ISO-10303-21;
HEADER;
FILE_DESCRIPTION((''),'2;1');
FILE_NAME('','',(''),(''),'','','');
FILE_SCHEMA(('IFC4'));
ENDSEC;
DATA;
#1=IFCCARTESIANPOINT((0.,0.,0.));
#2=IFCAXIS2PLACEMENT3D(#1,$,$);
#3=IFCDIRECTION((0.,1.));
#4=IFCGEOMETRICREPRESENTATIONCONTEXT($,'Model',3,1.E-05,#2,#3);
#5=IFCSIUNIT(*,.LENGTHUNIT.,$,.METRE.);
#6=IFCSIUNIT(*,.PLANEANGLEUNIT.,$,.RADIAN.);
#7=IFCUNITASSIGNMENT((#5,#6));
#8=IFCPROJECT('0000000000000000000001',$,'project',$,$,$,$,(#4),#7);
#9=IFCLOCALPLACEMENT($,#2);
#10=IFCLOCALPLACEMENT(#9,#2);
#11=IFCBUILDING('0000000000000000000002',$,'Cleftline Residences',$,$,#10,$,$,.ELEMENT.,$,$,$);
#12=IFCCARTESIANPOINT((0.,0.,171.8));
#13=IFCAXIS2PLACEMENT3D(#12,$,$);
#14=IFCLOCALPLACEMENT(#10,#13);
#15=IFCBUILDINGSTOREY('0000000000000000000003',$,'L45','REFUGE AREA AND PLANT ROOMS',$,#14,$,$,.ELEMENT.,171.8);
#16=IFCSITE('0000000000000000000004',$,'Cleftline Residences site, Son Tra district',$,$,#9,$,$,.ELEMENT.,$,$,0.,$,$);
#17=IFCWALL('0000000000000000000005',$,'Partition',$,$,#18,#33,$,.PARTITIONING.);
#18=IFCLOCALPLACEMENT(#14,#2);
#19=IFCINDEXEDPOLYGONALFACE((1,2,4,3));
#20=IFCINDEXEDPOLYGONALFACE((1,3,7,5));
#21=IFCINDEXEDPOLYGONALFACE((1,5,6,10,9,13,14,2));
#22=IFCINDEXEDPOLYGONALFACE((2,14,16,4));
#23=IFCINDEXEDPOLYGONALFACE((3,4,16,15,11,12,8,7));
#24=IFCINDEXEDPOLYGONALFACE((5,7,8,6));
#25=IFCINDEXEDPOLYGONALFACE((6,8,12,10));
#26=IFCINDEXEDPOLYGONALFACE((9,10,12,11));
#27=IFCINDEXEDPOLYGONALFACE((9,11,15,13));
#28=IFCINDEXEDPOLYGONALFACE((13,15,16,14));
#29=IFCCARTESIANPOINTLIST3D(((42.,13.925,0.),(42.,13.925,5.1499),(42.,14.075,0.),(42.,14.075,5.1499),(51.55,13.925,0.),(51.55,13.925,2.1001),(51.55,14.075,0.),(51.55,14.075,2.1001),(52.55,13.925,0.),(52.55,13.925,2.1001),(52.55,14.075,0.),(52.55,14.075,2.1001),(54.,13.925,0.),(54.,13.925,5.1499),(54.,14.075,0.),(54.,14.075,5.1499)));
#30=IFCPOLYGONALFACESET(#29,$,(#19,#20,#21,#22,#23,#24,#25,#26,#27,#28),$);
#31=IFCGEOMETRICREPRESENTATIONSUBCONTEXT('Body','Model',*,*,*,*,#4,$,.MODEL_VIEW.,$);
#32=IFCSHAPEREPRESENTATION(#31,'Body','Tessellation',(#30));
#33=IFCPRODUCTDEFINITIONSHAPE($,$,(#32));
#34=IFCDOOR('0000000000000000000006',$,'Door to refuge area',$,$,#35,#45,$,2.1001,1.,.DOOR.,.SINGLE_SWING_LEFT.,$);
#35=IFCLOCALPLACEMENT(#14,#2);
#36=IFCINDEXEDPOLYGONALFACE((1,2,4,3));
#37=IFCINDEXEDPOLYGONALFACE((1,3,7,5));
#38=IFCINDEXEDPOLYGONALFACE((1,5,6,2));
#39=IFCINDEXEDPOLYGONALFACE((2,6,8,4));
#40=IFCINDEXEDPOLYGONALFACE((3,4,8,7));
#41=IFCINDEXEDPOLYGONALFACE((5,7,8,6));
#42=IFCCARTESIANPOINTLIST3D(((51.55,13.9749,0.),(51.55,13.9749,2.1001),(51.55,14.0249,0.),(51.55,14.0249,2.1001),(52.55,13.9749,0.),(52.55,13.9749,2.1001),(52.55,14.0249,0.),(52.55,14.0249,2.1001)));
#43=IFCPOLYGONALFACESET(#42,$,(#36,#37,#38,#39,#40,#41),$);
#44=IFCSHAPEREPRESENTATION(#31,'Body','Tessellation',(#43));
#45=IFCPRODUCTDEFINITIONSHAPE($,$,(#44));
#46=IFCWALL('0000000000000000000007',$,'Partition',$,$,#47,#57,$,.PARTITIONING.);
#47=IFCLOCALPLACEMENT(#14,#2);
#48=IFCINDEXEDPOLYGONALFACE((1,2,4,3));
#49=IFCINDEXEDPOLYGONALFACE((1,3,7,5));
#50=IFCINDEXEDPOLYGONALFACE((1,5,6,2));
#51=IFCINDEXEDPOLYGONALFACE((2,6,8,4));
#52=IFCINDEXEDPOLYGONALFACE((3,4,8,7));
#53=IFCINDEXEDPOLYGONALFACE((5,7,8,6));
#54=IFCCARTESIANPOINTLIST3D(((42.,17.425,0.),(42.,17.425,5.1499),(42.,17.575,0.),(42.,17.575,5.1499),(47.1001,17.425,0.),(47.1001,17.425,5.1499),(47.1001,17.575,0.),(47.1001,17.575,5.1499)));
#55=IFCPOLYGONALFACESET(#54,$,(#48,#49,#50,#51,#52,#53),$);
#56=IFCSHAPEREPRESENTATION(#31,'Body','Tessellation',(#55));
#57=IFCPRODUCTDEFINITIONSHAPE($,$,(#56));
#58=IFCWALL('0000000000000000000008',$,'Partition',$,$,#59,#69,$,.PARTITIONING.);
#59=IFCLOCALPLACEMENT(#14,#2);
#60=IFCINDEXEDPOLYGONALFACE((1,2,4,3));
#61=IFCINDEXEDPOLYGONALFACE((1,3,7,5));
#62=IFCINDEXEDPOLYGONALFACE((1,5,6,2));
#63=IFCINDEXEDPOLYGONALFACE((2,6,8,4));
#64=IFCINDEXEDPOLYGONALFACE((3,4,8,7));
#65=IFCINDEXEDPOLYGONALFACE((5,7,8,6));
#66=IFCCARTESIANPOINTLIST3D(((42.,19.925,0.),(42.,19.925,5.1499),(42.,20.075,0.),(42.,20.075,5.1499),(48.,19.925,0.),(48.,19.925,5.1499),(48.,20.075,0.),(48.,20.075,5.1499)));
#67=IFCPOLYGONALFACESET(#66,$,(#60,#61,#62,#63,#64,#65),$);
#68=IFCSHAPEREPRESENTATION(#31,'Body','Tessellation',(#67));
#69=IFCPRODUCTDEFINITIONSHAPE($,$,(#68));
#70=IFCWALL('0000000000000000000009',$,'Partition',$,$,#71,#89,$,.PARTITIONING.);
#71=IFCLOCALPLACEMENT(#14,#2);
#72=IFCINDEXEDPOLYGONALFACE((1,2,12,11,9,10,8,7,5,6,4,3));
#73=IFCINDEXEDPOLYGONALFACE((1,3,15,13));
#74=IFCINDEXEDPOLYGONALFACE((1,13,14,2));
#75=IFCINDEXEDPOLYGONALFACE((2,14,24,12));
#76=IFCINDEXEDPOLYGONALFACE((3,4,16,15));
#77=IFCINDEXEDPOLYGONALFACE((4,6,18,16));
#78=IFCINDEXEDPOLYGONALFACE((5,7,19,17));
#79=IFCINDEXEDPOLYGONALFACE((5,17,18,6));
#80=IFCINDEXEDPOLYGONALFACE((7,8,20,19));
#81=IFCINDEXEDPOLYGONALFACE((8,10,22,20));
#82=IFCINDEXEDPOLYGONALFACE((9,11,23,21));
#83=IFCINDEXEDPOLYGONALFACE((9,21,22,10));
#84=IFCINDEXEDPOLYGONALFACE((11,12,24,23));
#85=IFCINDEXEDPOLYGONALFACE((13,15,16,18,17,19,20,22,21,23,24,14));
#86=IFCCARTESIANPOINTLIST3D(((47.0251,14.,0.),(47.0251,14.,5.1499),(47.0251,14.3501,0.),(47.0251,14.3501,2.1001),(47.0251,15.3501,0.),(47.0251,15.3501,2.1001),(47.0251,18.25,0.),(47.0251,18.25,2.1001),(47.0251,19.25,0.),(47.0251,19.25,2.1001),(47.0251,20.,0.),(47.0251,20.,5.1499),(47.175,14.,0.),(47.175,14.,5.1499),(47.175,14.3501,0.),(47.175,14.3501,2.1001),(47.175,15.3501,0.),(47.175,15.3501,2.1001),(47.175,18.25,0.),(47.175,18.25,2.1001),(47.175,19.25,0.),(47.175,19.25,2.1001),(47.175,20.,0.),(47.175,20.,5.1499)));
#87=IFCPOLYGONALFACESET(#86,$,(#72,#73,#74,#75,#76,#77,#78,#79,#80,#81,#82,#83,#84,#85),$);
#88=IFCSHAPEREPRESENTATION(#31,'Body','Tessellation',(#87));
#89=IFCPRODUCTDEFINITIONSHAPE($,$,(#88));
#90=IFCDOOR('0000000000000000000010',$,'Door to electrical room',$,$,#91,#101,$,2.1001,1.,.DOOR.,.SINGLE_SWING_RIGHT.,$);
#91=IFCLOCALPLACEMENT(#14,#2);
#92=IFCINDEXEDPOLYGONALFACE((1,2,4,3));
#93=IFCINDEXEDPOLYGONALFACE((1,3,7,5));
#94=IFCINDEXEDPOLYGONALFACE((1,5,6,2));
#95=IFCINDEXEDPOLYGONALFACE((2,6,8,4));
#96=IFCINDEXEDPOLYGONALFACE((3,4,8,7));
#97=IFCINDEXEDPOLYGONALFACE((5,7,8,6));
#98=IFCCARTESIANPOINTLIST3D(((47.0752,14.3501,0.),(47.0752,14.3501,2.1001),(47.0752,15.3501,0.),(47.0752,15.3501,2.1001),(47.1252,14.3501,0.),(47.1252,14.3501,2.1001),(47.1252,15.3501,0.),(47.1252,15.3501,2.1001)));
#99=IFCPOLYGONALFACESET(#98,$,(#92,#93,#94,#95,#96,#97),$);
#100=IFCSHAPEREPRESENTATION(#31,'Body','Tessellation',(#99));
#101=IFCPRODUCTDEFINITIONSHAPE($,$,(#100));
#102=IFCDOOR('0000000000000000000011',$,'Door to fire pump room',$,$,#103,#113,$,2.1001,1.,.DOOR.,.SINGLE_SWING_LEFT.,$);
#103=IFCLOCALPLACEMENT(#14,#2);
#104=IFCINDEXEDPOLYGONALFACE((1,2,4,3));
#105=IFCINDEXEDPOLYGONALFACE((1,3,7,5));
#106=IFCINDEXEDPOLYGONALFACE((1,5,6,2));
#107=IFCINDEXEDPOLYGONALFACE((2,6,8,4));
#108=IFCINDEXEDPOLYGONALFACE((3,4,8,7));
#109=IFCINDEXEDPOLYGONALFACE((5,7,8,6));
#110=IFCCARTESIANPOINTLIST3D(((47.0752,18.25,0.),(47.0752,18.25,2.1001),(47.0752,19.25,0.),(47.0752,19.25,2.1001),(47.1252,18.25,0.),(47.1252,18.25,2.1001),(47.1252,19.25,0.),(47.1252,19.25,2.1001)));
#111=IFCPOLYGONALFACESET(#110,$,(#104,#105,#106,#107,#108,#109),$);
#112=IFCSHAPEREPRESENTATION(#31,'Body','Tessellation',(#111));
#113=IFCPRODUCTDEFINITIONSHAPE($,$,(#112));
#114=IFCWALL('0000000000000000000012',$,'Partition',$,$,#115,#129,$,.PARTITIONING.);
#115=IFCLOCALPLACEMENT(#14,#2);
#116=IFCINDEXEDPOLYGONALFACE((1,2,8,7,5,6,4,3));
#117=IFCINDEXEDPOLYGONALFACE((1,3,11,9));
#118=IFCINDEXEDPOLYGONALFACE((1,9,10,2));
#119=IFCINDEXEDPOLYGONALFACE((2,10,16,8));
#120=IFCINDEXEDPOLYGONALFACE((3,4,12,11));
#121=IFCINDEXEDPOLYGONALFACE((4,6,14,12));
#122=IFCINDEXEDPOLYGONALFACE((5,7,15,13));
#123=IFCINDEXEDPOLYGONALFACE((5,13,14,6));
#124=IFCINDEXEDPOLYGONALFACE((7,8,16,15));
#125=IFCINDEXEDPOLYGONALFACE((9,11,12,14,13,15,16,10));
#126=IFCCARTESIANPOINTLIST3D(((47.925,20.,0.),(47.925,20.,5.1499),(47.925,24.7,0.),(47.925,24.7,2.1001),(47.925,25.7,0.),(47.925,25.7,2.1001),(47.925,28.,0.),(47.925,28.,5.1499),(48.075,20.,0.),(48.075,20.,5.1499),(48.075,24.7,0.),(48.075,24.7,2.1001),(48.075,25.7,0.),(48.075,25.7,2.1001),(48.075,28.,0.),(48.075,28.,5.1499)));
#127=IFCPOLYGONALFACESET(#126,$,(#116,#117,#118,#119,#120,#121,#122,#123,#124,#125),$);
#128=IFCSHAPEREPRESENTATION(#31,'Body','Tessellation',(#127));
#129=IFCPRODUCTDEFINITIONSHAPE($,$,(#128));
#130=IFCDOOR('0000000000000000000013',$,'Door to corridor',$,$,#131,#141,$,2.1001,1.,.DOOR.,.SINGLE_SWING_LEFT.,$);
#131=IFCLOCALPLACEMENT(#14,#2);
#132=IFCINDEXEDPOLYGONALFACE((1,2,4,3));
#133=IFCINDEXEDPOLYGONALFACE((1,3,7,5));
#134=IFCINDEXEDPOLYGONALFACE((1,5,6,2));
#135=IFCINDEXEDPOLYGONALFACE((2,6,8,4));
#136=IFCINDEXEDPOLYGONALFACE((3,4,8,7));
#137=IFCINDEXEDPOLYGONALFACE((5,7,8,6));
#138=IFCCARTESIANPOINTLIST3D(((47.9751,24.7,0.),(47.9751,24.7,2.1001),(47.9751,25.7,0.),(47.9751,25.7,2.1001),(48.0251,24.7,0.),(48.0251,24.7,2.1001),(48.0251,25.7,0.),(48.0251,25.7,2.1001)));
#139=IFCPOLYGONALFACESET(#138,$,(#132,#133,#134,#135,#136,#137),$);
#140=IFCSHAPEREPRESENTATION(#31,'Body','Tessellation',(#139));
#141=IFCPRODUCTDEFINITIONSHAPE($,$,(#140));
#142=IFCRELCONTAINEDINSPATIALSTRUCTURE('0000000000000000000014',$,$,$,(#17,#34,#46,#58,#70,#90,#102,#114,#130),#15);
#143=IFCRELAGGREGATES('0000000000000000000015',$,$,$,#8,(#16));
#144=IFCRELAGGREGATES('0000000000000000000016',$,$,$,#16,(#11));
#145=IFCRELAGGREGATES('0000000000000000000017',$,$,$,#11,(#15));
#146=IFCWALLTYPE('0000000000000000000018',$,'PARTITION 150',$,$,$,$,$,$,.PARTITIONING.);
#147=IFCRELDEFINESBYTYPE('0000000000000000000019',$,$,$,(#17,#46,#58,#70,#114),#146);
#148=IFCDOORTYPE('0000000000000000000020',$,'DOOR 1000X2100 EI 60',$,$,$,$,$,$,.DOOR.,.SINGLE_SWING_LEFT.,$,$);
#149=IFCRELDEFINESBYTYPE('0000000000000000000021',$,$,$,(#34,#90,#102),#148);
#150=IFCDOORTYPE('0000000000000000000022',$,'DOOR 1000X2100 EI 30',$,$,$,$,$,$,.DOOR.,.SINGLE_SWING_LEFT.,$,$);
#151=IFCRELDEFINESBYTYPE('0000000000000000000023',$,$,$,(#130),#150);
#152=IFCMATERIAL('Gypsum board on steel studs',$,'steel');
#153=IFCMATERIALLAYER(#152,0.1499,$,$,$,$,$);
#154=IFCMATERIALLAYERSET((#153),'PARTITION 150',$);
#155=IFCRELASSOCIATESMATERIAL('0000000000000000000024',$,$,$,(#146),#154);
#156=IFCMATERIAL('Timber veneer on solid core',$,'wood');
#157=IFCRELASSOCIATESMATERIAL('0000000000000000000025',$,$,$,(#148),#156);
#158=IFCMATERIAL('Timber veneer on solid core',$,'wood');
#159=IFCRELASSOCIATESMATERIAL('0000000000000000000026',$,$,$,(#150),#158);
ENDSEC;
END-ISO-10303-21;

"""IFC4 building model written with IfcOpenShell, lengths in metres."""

from ifc_helpers import new_model, si_unit, direction, frame, frame_2d, origin, place, context, subcontext, project, spatial, rectangle, extrude, material, layer, layer_set, type_object, element, fill, save


model = new_model("IFC4")

# Units and contexts
model_context = context("Model", 3, precision=1e-05, world=origin(), true_north=direction((0.0, 1.0)))
body_context = subcontext(model_context, "Body", "Model", "MODEL_VIEW")
ifc_project = project(units=[si_unit("LENGTHUNIT", "METRE"), si_unit("PLANEANGLEUNIT", "RADIAN")], contexts=[model_context])

# Site, building, storey
site_placement = place(None, origin())
site = spatial("IfcSite", under=ifc_project, at=site_placement, Name="Cleftline Residences site, Son Tra district", CompositionType="ELEMENT", RefElevation=0.0)
building_placement = place(site_placement, origin())
building = spatial("IfcBuilding", under=site, at=building_placement, Name="Cleftline Residences", CompositionType="ELEMENT")
storey_placement = place(building_placement, frame((0.0, 0.0, 171.8)))
storey = spatial("IfcBuildingStorey", under=building, at=storey_placement, Name="L45", Description="REFUGE AREA AND PLANT ROOMS", CompositionType="ELEMENT", Elevation=171.8)

# Wall, opening, door
ifc_material_1 = material(Name="Gypsum board on steel studs", Category="steel")
ifc_layer_1 = layer(ifc_material_1, 0.1499)
ifc_layer_set_1 = layer_set([ifc_layer_1], Name="PARTITION 150")
wall_type_1 = type_object("IfcWallType", Name="PARTITION 150", PredefinedType="PARTITIONING", material=ifc_layer_set_1)
wall_1_placement = place(storey_placement, frame((42.0, 14.0, 0.0), z_axis=(0.0, 0.0, 1.0), x_axis=(1.0, 0.0, 0.0)))
wall_1 = element("IfcWall", 1, at=wall_1_placement, inside=storey, type_object=wall_type_1, Name="Partition", PredefinedType="PARTITIONING", context=body_context, shape_type="SweptSolid", body=[
    extrude(rectangle(XDim=12.0, YDim=0.1499, at=frame_2d((6.0, 0.0))), origin(), (0.0, 0.0, 1.0), 5.1499),
])
opening_1_placement = place(wall_1_placement, frame((9.55, 0.0, 0.0)))
opening_1 = element("IfcOpeningElement", 2, at=opening_1_placement, cuts=wall_1, PredefinedType="OPENING", context=body_context, shape_type="SweptSolid", body=[
    extrude(rectangle(XDim=1.0, YDim=2.1001, at=frame_2d((0.5, 1.05))), frame((0.0, 0.085, 0.0), z_axis=(0.0, -1.0, 0.0), x_axis=(1.0, 0.0, 0.0)), (0.0, 0.0, 1.0), 0.1699),
])
ifc_material_2 = material(Name="Timber veneer on solid core", Category="wood")
door_type_1 = type_object("IfcDoorType", Name="DOOR 1000X2100 EI 60", OperationType="SINGLE_SWING_LEFT", PredefinedType="DOOR", material=ifc_material_2)
door_1_placement = place(opening_1_placement, origin())
door_1 = element("IfcDoor", 3, at=door_1_placement, inside=storey, type_object=door_type_1, Name="Door to refuge area", OperationType="SINGLE_SWING_LEFT", OverallHeight=2.1001, OverallWidth=1.0, PredefinedType="DOOR", context=body_context, shape_type="SweptSolid", body=[
    extrude(rectangle(XDim=1.0, YDim=2.1001, at=frame_2d((0.5, 1.05))), frame((0.0, 0.0249, 0.0), z_axis=(0.0, -1.0, 0.0), x_axis=(1.0, 0.0, 0.0)), (0.0, 0.0, 1.0), 0.05),
])
fill(opening_1, door_1)

# Walls
wall_2_placement = place(storey_placement, frame((42.0, 17.5, 0.0), z_axis=(0.0, 0.0, 1.0), x_axis=(1.0, 0.0, 0.0)))
element("IfcWall", 4, at=wall_2_placement, inside=storey, type_object=wall_type_1, Name="Partition", PredefinedType="PARTITIONING", context=body_context, shape_type="SweptSolid", body=[
    extrude(rectangle(XDim=5.1001, YDim=0.1499, at=frame_2d((2.55, 0.0))), origin(), (0.0, 0.0, 1.0), 5.1499),
])
wall_3_placement = place(storey_placement, frame((42.0, 20.0, 0.0), z_axis=(0.0, 0.0, 1.0), x_axis=(1.0, 0.0, 0.0)))
element("IfcWall", 5, at=wall_3_placement, inside=storey, type_object=wall_type_1, Name="Partition", PredefinedType="PARTITIONING", context=body_context, shape_type="SweptSolid", body=[
    extrude(rectangle(XDim=6.0, YDim=0.1499, at=frame_2d((3.0, 0.0))), origin(), (0.0, 0.0, 1.0), 5.1499),
])

# Wall, openings, doors
wall_4_placement = place(storey_placement, frame((47.1001, 14.0, 0.0), z_axis=(0.0, 0.0, 1.0), x_axis=(0.0, 1.0, 0.0)))
wall_4 = element("IfcWall", 6, at=wall_4_placement, inside=storey, type_object=wall_type_1, Name="Partition", PredefinedType="PARTITIONING", context=body_context, shape_type="SweptSolid", body=[
    extrude(rectangle(XDim=6.0, YDim=0.1499, at=frame_2d((3.0, 0.0))), origin(), (0.0, 0.0, 1.0), 5.1499),
])
opening_2_placement = place(wall_4_placement, frame((0.3501, 0.0, 0.0)))
opening_2 = element("IfcOpeningElement", 7, at=opening_2_placement, cuts=wall_4, PredefinedType="OPENING", context=body_context, shape_type="SweptSolid", body=[
    extrude(rectangle(XDim=1.0, YDim=2.1001, at=frame_2d((0.5, 1.05))), frame((0.0, 0.085, 0.0), z_axis=(0.0, -1.0, 0.0), x_axis=(1.0, 0.0, 0.0)), (0.0, 0.0, 1.0), 0.1699),
])
opening_3_placement = place(wall_4_placement, frame((4.25, 0.0, 0.0)))
opening_3 = element("IfcOpeningElement", 8, at=opening_3_placement, cuts=wall_4, PredefinedType="OPENING", context=body_context, shape_type="SweptSolid", body=[
    extrude(rectangle(XDim=1.0, YDim=2.1001, at=frame_2d((0.5, 1.05))), frame((0.0, 0.085, 0.0), z_axis=(0.0, -1.0, 0.0), x_axis=(1.0, 0.0, 0.0)), (0.0, 0.0, 1.0), 0.1699),
])
door_2_placement = place(opening_2_placement, origin())
door_2 = element("IfcDoor", 9, at=door_2_placement, inside=storey, type_object=door_type_1, Name="Door to electrical room", OperationType="SINGLE_SWING_RIGHT", OverallHeight=2.1001, OverallWidth=1.0, PredefinedType="DOOR", context=body_context, shape_type="SweptSolid", body=[
    extrude(rectangle(XDim=1.0, YDim=2.1001, at=frame_2d((0.5, 1.05))), frame((0.0, 0.0249, 0.0), z_axis=(0.0, -1.0, 0.0), x_axis=(1.0, 0.0, 0.0)), (0.0, 0.0, 1.0), 0.05),
])
fill(opening_2, door_2)
door_3_placement = place(opening_3_placement, origin())
door_3 = element("IfcDoor", 10, at=door_3_placement, inside=storey, type_object=door_type_1, Name="Door to fire pump room", OperationType="SINGLE_SWING_LEFT", OverallHeight=2.1001, OverallWidth=1.0, PredefinedType="DOOR", context=body_context, shape_type="SweptSolid", body=[
    extrude(rectangle(XDim=1.0, YDim=2.1001, at=frame_2d((0.5, 1.05))), frame((0.0, 0.0249, 0.0), z_axis=(0.0, -1.0, 0.0), x_axis=(1.0, 0.0, 0.0)), (0.0, 0.0, 1.0), 0.05),
])
fill(opening_3, door_3)

# Wall, opening, door
wall_5_placement = place(storey_placement, frame((48.0, 20.0, 0.0), z_axis=(0.0, 0.0, 1.0), x_axis=(0.0, 1.0, 0.0)))
wall_5 = element("IfcWall", 11, at=wall_5_placement, inside=storey, type_object=wall_type_1, Name="Partition", PredefinedType="PARTITIONING", context=body_context, shape_type="SweptSolid", body=[
    extrude(rectangle(XDim=8.0, YDim=0.1499, at=frame_2d((4.0, 0.0))), origin(), (0.0, 0.0, 1.0), 5.1499),
])
opening_4_placement = place(wall_5_placement, frame((4.7, 0.0, 0.0)))
opening_4 = element("IfcOpeningElement", 12, at=opening_4_placement, cuts=wall_5, PredefinedType="OPENING", context=body_context, shape_type="SweptSolid", body=[
    extrude(rectangle(XDim=1.0, YDim=2.1001, at=frame_2d((0.5, 1.05))), frame((0.0, 0.085, 0.0), z_axis=(0.0, -1.0, 0.0), x_axis=(1.0, 0.0, 0.0)), (0.0, 0.0, 1.0), 0.1699),
])
ifc_material_3 = material(Name="Timber veneer on solid core", Category="wood")
door_type_2 = type_object("IfcDoorType", Name="DOOR 1000X2100 EI 30", OperationType="SINGLE_SWING_LEFT", PredefinedType="DOOR", material=ifc_material_3)
door_4_placement = place(opening_4_placement, origin())
door_4 = element("IfcDoor", 13, at=door_4_placement, inside=storey, type_object=door_type_2, Name="Door to corridor", OperationType="SINGLE_SWING_LEFT", OverallHeight=2.1001, OverallWidth=1.0, PredefinedType="DOOR", context=body_context, shape_type="SweptSolid", body=[
    extrude(rectangle(XDim=1.0, YDim=2.1001, at=frame_2d((0.5, 1.05))), frame((0.0, 0.0249, 0.0), z_axis=(0.0, -1.0, 0.0), x_axis=(1.0, 0.0, 0.0)), (0.0, 0.0, 1.0), 0.05),
])
fill(opening_4, door_4)

save(model, "model.ifc")
